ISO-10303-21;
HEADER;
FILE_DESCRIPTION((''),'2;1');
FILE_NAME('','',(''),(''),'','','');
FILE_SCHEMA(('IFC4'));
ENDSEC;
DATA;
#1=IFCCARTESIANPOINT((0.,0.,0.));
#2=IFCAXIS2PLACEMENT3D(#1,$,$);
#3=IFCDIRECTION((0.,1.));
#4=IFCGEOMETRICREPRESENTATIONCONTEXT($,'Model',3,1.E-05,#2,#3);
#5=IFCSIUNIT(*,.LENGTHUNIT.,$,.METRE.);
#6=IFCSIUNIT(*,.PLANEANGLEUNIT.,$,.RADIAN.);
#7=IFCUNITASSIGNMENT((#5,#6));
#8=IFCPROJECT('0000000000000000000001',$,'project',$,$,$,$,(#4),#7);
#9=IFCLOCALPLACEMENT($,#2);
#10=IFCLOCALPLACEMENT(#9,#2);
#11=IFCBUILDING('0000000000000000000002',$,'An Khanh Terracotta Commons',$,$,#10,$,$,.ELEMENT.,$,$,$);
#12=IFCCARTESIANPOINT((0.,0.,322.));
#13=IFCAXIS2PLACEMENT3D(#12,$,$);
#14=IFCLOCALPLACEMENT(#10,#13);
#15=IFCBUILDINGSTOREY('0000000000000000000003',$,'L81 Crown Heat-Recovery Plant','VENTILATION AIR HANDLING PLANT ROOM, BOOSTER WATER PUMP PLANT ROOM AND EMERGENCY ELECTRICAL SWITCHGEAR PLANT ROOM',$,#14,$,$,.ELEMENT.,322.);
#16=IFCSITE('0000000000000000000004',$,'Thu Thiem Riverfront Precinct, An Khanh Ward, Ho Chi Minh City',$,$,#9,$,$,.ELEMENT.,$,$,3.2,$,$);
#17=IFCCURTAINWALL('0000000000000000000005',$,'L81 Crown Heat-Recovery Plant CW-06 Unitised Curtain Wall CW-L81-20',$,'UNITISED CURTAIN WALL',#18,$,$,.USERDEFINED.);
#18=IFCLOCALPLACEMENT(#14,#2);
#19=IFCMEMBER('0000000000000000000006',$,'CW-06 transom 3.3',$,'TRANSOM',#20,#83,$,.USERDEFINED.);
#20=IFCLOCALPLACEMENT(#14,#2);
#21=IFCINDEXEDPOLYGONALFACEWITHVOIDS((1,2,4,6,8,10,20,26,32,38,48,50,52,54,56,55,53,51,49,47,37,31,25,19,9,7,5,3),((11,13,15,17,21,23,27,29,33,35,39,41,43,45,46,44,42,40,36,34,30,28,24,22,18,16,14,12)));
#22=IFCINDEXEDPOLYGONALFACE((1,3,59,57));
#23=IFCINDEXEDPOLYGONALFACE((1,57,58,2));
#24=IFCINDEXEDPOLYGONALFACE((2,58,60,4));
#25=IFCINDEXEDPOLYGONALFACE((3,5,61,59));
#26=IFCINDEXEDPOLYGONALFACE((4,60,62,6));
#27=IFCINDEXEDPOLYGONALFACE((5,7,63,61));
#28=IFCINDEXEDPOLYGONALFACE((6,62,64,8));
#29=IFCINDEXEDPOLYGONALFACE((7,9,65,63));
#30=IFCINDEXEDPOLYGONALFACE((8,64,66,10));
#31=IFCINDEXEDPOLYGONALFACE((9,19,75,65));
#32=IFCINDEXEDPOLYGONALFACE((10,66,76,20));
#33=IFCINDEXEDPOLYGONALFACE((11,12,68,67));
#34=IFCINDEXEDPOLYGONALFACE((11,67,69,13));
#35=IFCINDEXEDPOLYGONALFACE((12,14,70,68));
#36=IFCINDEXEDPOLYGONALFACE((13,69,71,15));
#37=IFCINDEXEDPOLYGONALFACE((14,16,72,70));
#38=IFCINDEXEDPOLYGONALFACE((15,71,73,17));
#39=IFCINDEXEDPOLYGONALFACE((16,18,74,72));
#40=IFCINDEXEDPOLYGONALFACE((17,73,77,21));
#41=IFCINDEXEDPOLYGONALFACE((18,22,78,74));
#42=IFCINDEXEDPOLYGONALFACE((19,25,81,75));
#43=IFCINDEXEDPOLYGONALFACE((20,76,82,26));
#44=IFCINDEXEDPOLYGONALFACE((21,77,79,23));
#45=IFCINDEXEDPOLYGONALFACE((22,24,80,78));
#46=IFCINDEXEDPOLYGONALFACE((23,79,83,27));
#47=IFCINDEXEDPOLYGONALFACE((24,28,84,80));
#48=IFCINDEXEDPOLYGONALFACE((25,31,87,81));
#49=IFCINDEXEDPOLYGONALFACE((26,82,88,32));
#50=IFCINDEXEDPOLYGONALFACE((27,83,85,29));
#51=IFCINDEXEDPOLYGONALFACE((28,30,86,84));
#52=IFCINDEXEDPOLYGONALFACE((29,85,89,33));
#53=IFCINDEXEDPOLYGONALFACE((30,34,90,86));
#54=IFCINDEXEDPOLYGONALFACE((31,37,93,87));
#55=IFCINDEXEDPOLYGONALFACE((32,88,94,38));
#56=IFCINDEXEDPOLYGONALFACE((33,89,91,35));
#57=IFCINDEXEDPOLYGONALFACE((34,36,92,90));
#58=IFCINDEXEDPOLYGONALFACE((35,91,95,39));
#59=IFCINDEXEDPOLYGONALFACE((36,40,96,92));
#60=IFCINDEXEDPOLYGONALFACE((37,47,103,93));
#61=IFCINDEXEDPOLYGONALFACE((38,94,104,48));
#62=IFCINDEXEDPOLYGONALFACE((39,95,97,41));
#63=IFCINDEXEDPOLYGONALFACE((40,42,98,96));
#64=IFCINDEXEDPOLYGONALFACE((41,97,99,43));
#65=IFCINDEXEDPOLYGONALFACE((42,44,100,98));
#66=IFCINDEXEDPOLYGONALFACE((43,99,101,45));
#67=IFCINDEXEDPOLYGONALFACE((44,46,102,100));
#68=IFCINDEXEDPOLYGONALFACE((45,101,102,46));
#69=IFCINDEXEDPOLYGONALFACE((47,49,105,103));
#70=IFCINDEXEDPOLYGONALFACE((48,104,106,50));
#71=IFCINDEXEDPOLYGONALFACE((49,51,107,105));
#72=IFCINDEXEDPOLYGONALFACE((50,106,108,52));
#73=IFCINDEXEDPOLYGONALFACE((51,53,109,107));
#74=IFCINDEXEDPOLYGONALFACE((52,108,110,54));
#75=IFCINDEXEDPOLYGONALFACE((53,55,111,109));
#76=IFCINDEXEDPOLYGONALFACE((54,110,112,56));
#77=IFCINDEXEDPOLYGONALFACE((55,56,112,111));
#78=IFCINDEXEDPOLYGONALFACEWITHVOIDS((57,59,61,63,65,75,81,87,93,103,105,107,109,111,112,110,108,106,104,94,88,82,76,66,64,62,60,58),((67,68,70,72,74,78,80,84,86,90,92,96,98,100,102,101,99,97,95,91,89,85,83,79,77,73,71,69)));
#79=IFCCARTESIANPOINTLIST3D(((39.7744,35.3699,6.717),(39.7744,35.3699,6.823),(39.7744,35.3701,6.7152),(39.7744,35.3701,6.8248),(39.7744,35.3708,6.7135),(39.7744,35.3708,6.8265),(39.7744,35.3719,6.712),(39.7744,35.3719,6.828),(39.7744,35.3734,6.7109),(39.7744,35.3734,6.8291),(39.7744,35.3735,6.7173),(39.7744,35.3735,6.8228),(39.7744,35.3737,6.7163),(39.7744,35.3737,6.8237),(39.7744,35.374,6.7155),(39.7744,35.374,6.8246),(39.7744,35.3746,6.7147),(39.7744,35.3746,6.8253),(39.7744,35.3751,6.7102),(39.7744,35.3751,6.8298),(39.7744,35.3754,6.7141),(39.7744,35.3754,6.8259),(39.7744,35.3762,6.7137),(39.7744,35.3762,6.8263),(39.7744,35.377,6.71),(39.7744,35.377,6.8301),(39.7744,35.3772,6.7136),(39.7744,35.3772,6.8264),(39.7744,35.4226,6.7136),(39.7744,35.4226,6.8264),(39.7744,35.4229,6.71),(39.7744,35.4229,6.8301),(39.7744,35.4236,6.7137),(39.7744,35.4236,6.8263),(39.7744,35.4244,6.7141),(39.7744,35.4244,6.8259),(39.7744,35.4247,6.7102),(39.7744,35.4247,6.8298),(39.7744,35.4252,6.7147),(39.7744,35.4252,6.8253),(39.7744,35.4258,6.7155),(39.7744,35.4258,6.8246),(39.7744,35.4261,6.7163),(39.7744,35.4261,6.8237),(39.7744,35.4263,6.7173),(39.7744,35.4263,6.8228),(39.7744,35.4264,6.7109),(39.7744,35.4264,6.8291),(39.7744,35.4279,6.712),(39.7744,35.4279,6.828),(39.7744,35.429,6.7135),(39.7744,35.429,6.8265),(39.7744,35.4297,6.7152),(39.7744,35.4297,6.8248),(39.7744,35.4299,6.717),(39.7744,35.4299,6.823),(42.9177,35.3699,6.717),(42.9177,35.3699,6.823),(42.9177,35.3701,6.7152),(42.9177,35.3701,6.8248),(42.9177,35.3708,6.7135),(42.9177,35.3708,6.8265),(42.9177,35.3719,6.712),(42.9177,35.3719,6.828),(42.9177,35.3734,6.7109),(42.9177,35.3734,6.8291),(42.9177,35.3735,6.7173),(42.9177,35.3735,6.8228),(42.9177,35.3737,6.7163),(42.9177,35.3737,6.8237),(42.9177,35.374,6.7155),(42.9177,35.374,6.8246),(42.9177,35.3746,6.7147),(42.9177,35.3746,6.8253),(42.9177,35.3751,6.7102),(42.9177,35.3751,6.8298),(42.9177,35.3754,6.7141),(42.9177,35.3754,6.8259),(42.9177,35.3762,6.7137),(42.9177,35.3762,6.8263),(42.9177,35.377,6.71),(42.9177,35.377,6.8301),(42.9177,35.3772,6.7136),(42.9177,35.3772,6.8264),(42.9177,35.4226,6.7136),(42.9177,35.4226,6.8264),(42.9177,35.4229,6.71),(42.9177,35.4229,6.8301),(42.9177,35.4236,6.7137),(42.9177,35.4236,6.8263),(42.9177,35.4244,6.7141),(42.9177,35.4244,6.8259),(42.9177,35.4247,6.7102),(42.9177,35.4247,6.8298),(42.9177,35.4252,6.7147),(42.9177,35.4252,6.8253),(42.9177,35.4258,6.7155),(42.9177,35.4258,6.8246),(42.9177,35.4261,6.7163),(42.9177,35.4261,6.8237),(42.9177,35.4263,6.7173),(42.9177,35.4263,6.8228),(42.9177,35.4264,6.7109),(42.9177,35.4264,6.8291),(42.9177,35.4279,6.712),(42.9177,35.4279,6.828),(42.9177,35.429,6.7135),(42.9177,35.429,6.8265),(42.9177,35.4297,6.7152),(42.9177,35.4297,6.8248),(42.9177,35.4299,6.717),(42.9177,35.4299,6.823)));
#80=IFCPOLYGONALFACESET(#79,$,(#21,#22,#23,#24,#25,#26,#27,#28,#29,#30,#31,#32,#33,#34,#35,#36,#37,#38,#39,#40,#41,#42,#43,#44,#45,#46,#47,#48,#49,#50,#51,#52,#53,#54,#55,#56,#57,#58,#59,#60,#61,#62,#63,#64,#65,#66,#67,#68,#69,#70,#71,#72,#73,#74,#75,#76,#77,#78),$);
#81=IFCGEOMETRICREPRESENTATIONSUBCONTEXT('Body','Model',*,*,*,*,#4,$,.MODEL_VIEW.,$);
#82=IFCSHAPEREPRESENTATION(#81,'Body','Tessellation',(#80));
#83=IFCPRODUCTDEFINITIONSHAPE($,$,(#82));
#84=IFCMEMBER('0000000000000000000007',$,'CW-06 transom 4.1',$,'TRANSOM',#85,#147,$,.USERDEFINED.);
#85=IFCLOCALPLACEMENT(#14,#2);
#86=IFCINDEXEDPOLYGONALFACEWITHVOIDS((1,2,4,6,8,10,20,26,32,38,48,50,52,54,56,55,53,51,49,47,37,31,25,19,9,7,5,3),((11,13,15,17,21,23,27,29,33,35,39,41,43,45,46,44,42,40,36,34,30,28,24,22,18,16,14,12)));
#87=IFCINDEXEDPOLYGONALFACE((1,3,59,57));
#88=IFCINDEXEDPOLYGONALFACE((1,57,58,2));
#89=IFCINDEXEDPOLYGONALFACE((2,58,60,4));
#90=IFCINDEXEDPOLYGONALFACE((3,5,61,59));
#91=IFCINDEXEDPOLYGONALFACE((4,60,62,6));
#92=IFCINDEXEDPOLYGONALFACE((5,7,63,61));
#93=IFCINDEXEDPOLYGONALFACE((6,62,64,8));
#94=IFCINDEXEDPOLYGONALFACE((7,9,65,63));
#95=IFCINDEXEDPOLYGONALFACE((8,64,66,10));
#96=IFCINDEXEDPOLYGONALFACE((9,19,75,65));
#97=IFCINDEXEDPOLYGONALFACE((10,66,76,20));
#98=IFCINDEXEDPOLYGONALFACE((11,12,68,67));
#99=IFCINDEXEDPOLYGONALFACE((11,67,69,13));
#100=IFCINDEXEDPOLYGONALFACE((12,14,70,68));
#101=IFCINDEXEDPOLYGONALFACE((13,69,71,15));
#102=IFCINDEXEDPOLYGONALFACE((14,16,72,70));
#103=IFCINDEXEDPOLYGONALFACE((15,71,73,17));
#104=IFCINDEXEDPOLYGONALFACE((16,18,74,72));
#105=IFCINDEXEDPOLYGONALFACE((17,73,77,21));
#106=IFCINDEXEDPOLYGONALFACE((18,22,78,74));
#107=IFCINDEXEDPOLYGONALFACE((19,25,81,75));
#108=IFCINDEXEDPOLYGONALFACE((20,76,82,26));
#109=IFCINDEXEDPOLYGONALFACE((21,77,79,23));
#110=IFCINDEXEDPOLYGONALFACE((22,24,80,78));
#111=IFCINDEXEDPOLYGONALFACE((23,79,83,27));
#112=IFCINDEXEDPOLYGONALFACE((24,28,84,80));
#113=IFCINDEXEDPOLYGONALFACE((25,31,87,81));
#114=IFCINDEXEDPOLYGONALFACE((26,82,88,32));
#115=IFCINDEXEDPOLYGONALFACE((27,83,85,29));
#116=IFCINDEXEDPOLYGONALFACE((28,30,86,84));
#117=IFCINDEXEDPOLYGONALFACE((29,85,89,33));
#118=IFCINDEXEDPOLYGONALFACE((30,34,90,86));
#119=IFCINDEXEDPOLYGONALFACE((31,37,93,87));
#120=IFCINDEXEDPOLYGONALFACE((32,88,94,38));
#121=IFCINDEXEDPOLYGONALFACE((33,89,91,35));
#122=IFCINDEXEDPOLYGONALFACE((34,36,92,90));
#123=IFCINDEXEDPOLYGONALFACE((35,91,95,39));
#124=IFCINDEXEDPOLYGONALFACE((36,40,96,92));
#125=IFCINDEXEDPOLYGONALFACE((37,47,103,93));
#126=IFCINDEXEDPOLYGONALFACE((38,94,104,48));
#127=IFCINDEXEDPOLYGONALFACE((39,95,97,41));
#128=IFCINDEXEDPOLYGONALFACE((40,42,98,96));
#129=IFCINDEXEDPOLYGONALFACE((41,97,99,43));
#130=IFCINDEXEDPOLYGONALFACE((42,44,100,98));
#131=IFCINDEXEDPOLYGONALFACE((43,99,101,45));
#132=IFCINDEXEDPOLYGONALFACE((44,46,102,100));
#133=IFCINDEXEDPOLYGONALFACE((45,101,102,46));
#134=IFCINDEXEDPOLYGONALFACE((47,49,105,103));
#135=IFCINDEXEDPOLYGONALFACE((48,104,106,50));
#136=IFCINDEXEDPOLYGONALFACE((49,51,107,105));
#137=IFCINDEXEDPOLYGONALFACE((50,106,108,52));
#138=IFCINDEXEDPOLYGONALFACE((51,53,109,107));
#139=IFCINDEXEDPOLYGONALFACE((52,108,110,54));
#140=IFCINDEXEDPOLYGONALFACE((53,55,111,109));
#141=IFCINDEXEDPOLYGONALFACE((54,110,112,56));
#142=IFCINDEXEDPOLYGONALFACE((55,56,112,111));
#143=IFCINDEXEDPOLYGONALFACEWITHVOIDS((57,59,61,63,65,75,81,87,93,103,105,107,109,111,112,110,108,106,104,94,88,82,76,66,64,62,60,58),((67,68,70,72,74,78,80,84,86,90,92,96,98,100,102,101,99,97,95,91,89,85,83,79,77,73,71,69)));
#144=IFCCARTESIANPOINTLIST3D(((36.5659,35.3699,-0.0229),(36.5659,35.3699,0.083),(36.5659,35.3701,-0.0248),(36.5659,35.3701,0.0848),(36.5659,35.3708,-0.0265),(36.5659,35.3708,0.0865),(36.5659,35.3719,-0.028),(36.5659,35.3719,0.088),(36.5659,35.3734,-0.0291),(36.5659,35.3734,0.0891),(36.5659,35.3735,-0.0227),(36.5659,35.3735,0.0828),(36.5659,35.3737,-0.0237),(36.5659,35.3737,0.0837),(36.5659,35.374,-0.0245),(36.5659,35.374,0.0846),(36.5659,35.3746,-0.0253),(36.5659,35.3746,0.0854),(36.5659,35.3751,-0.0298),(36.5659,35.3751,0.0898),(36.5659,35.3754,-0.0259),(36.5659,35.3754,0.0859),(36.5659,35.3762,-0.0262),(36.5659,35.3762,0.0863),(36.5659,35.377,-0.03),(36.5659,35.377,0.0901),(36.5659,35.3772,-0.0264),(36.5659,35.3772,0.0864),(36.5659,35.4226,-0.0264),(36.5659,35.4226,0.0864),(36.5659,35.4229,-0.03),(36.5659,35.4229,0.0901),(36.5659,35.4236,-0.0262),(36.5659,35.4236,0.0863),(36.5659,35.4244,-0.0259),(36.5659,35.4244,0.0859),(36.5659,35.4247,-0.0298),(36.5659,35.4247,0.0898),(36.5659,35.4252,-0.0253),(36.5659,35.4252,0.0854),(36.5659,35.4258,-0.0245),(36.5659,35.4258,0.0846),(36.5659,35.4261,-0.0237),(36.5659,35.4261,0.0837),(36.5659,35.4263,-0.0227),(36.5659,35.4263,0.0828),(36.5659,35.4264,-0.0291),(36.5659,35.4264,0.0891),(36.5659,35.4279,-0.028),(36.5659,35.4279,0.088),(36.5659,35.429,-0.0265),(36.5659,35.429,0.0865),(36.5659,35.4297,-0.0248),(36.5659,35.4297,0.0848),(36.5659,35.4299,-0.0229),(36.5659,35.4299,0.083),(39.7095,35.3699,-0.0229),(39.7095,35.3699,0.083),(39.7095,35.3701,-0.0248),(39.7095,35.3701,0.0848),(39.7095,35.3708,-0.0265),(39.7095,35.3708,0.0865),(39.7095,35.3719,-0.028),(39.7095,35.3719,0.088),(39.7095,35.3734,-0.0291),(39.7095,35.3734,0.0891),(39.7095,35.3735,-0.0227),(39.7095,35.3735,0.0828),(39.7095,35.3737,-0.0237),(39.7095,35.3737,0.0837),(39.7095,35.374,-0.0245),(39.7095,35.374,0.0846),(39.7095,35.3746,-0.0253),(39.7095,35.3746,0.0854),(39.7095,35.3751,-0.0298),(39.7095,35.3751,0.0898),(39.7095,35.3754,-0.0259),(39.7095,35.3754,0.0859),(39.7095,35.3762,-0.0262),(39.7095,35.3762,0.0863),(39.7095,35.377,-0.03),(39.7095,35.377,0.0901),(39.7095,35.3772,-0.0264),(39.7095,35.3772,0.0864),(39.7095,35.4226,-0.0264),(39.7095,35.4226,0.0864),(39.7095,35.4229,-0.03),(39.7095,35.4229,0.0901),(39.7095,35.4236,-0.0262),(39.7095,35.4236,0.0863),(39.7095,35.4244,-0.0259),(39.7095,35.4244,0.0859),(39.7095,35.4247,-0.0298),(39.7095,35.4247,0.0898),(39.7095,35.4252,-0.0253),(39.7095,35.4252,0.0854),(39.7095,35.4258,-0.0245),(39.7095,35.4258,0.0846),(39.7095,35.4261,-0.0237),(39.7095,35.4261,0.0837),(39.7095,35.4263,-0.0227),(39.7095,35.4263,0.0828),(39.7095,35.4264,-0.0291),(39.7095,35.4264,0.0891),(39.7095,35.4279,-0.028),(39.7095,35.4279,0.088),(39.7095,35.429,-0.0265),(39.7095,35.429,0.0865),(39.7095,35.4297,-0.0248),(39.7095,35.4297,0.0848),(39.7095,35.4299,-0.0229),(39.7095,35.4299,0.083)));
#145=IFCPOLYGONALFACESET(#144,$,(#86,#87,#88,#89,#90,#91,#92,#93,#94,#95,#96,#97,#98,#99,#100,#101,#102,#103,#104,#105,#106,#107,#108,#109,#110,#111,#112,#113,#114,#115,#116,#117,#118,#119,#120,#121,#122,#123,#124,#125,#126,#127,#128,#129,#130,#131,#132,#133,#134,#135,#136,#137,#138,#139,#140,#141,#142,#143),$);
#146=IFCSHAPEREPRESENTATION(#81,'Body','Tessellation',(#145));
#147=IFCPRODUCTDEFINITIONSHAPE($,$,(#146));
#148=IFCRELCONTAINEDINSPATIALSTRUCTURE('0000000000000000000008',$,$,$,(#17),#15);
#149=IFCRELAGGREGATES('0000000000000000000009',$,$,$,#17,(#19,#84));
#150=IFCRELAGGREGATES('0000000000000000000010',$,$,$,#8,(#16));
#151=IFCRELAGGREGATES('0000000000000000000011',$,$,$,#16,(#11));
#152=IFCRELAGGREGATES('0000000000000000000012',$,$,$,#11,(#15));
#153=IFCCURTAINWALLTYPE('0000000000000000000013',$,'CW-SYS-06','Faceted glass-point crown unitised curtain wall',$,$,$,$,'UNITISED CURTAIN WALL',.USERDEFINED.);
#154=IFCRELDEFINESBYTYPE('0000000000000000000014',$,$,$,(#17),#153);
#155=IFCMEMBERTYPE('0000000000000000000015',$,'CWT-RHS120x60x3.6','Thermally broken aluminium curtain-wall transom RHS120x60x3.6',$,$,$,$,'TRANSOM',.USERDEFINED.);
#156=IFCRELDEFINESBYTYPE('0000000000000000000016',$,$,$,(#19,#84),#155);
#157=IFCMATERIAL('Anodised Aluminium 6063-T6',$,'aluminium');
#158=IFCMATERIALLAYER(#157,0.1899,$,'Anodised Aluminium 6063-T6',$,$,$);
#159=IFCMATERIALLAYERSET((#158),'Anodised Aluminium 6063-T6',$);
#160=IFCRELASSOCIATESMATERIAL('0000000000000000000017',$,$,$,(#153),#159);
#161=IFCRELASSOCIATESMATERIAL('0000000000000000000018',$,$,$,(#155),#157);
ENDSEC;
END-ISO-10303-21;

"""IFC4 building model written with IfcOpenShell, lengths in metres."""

from ifc_helpers import new_model, si_unit, direction, frame, origin, origin_2d, place, context, subcontext, project, spatial, hollow_rectangle, extrude, material, layer, layer_set, material_profile, profile_set, type_object, element, aggregate, save


model = new_model("IFC4")

# Units and contexts
model_context = context("Model", 3, precision=1e-05, world=origin(), true_north=direction((0.0, 1.0)))
body_context = subcontext(model_context, "Body", "Model", "MODEL_VIEW")
ifc_project = project(units=[si_unit("LENGTHUNIT", "METRE"), si_unit("PLANEANGLEUNIT", "RADIAN")], contexts=[model_context])

# Site, building, storey
site_placement = place(None, origin())
site = spatial("IfcSite", under=ifc_project, at=site_placement, Name="Thu Thiem Riverfront Precinct, An Khanh Ward, Ho Chi Minh City", CompositionType="ELEMENT", RefElevation=3.2)
building_placement = place(site_placement, origin())
building = spatial("IfcBuilding", under=site, at=building_placement, Name="An Khanh Terracotta Commons", CompositionType="ELEMENT")
storey_placement = place(building_placement, frame((0.0, 0.0, 322.0)))
storey = spatial("IfcBuildingStorey", under=building, at=storey_placement, Name="L81 Crown Heat-Recovery Plant", Description="VENTILATION AIR HANDLING PLANT ROOM, BOOSTER WATER PUMP PLANT ROOM AND EMERGENCY ELECTRICAL SWITCHGEAR PLANT ROOM", CompositionType="ELEMENT", Elevation=322.0)

# Curtain wall, members
ifc_material_1 = material(Name="Anodised Aluminium 6063-T6", Category="aluminium")
ifc_layer_1 = layer(ifc_material_1, 0.1899, Name="Anodised Aluminium 6063-T6")
ifc_layer_set_1 = layer_set([ifc_layer_1], Name="Anodised Aluminium 6063-T6")
curtain_wall_type = type_object("IfcCurtainWallType", Name="CW-SYS-06", Description="Faceted glass-point crown unitised curtain wall", ElementType="UNITISED CURTAIN WALL", PredefinedType="USERDEFINED", material=ifc_layer_set_1)
curtain_wall_placement = place(storey_placement, origin())
curtain_wall = element("IfcCurtainWall", 1, at=curtain_wall_placement, inside=storey, type_object=curtain_wall_type, Name="L81 Crown Heat-Recovery Plant CW-06 Unitised Curtain Wall CW-L81-20", ObjectType="UNITISED CURTAIN WALL", PredefinedType="USERDEFINED")
ifc_material_profile_1 = material_profile(ifc_material_1, hollow_rectangle(XDim=0.0601, YDim=0.1201, WallThickness=0.0037, InnerFilletRadius=0.0037, OuterFilletRadius=0.0071, at=origin_2d()), Name="RHS120x60x3.6")
ifc_profile_set_1 = profile_set([ifc_material_profile_1], Name="Anodised Aluminium 6063-T6")
member_type_1 = type_object("IfcMemberType", Name="CWT-RHS120x60x3.6", Description="Thermally broken aluminium curtain-wall transom RHS120x60x3.6", ElementType="TRANSOM", PredefinedType="USERDEFINED", material=ifc_profile_set_1)
member_1_placement = place(storey_placement, frame((42.9177, 35.3999, 6.77), z_axis=(-1.0, 0.0, 0.0), x_axis=(0.0, -1.0, 0.0)))
member_1 = element("IfcMember", 2, at=member_1_placement, type_object=member_type_1, Name="CW-06 transom 3.3", ObjectType="TRANSOM", PredefinedType="USERDEFINED", context=body_context, shape_type="SweptSolid", body=[
    extrude(hollow_rectangle(XDim=0.0601, YDim=0.1201, WallThickness=0.0037, InnerFilletRadius=0.0037, OuterFilletRadius=0.0071, at=origin_2d()), origin(), (0.0, 0.0, 1.0), 3.1433),
])
member_2_placement = place(storey_placement, frame((39.7095, 35.3999, 0.03), z_axis=(-1.0, 0.0, 0.0), x_axis=(0.0, -1.0, 0.0)))
member_2 = element("IfcMember", 3, at=member_2_placement, type_object=member_type_1, Name="CW-06 transom 4.1", ObjectType="TRANSOM", PredefinedType="USERDEFINED", context=body_context, shape_type="SweptSolid", body=[
    extrude(hollow_rectangle(XDim=0.0601, YDim=0.1201, WallThickness=0.0037, InnerFilletRadius=0.0037, OuterFilletRadius=0.0071, at=origin_2d()), origin(), (0.0, 0.0, 1.0), 3.1436),
])

aggregate(curtain_wall, [member_1, member_2])

save(model, "model.ifc")
